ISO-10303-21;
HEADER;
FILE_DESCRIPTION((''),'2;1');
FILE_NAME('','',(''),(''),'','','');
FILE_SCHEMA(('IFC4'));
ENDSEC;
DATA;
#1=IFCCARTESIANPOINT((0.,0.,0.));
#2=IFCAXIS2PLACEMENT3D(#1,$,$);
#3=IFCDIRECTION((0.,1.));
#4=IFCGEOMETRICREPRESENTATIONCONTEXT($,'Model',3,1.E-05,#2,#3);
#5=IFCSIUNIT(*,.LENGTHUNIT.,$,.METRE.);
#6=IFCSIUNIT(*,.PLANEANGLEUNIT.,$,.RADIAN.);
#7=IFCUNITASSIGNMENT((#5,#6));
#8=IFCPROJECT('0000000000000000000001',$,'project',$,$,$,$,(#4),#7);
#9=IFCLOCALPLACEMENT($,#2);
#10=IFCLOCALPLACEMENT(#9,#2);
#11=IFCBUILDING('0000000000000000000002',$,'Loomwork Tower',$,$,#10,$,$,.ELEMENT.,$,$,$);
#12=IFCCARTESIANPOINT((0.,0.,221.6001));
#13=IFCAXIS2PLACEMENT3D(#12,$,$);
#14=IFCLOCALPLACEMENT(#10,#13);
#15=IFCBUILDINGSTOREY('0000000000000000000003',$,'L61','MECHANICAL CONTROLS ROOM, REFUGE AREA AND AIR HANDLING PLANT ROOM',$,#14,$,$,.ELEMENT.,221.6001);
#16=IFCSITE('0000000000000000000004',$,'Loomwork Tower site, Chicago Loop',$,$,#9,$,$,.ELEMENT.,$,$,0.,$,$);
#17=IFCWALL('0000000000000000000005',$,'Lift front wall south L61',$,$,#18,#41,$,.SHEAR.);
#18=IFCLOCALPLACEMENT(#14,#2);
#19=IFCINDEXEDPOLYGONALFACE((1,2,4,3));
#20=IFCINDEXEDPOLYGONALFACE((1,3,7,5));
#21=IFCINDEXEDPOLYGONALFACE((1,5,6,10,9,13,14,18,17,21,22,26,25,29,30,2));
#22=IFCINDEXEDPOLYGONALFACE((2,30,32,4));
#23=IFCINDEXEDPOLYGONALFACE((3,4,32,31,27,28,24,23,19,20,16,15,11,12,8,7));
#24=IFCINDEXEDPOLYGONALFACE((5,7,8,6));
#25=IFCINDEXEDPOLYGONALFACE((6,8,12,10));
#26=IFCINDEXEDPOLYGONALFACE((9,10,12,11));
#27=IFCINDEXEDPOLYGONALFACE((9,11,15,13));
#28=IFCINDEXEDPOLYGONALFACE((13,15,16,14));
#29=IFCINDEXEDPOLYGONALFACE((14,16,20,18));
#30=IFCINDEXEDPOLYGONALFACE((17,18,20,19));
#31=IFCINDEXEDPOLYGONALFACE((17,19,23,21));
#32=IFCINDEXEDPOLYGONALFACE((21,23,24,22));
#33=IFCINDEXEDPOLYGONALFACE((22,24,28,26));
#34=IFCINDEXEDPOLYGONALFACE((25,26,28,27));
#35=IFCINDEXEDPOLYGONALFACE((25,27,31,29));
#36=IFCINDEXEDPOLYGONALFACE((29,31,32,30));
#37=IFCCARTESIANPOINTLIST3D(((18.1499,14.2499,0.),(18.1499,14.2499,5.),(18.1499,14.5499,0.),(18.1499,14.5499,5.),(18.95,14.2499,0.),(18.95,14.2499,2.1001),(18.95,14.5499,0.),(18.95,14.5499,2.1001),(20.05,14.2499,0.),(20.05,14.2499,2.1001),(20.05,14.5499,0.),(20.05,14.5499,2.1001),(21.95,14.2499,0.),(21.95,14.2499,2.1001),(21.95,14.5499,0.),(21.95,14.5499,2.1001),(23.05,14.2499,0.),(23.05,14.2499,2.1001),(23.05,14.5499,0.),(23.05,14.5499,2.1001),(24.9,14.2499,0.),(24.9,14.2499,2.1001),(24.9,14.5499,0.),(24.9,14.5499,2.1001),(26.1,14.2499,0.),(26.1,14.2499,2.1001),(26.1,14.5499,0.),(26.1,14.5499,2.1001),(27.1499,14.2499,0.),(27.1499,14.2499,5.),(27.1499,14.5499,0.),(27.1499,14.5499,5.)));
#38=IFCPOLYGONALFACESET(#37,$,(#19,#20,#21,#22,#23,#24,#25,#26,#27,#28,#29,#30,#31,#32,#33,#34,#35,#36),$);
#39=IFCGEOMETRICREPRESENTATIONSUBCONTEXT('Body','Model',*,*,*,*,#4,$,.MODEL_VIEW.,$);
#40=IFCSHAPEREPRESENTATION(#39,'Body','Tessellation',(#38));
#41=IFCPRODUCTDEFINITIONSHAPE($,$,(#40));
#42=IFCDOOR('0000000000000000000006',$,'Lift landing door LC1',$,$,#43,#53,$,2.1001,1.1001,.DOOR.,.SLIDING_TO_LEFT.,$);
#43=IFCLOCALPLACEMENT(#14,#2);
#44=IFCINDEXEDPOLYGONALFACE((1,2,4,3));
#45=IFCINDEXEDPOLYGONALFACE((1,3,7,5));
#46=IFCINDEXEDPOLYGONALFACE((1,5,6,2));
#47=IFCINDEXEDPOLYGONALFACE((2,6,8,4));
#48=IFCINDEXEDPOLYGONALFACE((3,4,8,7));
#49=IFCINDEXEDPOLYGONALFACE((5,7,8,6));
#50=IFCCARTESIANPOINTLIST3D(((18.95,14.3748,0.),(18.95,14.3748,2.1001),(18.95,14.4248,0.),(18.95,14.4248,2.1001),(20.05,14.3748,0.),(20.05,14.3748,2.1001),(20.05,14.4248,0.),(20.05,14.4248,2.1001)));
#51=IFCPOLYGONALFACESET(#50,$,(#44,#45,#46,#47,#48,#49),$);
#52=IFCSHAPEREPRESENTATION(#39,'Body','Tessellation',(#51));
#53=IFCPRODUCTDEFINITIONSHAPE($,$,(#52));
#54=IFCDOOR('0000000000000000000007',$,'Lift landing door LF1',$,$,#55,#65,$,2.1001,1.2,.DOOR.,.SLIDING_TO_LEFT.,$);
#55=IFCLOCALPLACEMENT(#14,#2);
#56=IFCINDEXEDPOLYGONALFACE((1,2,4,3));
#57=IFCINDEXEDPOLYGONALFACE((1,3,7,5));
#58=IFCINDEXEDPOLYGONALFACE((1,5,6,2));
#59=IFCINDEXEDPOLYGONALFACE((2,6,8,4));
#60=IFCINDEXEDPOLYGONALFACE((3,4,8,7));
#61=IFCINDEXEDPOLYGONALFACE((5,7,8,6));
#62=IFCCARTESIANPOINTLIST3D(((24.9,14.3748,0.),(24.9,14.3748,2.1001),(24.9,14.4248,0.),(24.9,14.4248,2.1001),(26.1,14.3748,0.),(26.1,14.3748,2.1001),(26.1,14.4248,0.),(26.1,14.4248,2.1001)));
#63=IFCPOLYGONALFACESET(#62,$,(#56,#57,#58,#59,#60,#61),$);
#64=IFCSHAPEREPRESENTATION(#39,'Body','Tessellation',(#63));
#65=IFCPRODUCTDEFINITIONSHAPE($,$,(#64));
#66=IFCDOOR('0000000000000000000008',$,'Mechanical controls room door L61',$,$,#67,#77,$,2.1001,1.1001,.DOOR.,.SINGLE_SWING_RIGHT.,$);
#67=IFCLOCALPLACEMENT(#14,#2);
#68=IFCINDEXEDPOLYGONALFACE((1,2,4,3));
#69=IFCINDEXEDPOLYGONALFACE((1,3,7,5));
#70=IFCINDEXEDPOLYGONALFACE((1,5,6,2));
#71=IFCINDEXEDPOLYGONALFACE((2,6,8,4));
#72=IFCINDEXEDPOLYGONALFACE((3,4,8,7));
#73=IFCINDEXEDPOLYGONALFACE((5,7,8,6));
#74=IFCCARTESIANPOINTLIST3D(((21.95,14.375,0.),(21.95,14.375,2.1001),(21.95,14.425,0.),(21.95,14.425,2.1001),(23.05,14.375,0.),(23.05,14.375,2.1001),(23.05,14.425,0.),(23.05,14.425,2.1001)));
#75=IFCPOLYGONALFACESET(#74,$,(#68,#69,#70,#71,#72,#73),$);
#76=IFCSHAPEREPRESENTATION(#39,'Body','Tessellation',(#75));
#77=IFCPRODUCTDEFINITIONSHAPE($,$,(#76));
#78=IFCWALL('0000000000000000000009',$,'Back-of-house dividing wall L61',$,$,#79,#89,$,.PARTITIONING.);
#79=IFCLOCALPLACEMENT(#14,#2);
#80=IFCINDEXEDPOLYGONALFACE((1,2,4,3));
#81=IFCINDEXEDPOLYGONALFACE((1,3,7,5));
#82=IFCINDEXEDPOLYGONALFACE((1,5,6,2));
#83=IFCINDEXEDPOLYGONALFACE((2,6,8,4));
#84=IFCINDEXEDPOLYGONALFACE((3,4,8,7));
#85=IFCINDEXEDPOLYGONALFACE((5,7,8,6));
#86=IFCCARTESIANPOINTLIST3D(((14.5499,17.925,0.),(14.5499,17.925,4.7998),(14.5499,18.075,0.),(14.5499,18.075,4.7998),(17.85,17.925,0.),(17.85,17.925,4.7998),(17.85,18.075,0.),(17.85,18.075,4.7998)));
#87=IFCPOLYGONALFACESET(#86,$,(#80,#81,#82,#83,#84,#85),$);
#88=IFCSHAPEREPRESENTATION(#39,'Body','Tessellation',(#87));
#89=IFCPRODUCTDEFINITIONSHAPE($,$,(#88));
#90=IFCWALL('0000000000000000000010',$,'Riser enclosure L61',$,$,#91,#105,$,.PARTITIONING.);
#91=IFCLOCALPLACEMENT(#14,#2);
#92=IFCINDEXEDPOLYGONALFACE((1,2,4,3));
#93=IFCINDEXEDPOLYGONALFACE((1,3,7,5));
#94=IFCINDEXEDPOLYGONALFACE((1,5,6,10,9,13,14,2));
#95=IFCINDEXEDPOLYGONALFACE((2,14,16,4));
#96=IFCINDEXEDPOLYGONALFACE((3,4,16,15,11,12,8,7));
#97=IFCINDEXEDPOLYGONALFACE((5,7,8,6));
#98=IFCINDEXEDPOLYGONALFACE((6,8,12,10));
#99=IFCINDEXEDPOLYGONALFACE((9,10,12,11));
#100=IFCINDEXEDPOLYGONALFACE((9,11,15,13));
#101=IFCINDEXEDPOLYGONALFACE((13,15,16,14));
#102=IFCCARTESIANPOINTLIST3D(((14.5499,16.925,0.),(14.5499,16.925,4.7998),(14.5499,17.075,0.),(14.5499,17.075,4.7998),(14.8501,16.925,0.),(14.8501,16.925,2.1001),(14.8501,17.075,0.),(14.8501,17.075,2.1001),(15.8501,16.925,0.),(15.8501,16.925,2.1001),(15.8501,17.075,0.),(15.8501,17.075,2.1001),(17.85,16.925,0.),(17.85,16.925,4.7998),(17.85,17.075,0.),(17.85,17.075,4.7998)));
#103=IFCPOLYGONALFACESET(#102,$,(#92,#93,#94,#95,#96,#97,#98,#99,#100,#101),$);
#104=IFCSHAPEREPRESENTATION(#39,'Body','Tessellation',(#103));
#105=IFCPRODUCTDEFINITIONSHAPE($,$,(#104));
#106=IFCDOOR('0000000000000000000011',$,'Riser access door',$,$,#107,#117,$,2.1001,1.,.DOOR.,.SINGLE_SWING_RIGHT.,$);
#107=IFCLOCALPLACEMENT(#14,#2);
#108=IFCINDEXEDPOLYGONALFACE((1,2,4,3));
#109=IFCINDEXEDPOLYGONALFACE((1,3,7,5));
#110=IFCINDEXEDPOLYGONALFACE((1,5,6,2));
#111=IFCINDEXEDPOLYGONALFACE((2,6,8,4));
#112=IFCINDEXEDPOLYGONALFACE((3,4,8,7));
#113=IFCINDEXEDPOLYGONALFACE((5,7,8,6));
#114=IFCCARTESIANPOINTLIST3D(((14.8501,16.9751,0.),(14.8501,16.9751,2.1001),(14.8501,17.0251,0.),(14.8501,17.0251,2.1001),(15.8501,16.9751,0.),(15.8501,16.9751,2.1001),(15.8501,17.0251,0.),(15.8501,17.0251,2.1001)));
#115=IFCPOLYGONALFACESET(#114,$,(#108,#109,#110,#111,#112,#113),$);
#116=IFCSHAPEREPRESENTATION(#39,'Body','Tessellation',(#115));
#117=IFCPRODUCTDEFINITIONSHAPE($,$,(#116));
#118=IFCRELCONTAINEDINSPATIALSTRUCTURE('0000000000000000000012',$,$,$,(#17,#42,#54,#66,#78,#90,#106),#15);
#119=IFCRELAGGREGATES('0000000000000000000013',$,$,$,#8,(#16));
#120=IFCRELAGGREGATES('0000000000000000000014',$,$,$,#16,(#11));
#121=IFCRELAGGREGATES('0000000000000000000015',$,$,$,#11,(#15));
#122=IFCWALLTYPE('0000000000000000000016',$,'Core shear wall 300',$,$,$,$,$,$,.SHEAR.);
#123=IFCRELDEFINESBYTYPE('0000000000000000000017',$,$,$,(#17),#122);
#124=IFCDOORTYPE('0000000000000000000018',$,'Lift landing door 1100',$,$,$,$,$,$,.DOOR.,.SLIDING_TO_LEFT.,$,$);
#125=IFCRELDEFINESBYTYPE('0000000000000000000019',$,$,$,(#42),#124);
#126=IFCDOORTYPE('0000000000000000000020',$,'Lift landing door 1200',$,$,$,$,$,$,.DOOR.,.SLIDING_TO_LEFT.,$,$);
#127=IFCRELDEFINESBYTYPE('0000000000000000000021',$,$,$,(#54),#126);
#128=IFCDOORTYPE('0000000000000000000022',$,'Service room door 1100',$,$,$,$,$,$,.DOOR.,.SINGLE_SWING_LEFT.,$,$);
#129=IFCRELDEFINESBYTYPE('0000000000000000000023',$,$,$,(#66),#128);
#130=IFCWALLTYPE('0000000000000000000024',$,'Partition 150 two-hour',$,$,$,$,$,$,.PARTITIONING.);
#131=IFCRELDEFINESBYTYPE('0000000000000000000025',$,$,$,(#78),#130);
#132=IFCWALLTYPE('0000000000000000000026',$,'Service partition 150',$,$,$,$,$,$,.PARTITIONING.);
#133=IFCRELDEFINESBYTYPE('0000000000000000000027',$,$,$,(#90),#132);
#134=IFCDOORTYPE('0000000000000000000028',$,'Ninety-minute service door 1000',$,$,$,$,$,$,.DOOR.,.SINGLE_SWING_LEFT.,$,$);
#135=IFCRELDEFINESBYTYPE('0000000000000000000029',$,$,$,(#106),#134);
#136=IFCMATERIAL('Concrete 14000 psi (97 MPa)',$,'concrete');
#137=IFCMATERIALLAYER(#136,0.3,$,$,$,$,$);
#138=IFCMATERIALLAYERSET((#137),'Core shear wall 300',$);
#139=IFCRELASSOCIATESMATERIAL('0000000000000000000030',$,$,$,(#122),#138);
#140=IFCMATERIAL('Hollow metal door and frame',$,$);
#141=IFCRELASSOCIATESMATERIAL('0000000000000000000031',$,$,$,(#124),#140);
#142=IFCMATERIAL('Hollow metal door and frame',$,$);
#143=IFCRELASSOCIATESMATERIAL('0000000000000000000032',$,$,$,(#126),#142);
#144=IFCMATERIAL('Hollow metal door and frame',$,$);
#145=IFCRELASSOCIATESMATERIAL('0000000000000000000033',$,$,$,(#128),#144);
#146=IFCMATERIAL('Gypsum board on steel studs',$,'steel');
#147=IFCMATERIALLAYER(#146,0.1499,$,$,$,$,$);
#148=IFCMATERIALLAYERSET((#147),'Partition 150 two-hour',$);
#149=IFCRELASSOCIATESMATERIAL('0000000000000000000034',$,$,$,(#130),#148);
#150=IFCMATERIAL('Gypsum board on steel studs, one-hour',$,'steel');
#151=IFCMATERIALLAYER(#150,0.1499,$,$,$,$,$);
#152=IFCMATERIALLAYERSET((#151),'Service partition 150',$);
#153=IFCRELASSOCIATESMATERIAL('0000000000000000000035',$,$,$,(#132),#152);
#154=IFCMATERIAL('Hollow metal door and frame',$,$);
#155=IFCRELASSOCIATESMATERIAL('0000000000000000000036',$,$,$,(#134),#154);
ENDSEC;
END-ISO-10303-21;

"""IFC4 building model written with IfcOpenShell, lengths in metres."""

from ifc_helpers import new_model, si_unit, direction, frame, frame_2d, origin, place, context, subcontext, project, spatial, rectangle, extrude, material, layer, layer_set, type_object, element, fill, save


model = new_model("IFC4")

# Units and contexts
model_context = context("Model", 3, precision=1e-05, world=origin(), true_north=direction((0.0, 1.0)))
body_context = subcontext(model_context, "Body", "Model", "MODEL_VIEW")
ifc_project = project(units=[si_unit("LENGTHUNIT", "METRE"), si_unit("PLANEANGLEUNIT", "RADIAN")], contexts=[model_context])

# Site, building, storey
site_placement = place(None, origin())
site = spatial("IfcSite", under=ifc_project, at=site_placement, Name="Loomwork Tower site, Chicago Loop", CompositionType="ELEMENT", RefElevation=0.0)
building_placement = place(site_placement, origin())
building = spatial("IfcBuilding", under=site, at=building_placement, Name="Loomwork Tower", CompositionType="ELEMENT")
storey_placement = place(building_placement, frame((0.0, 0.0, 221.6001)))
storey = spatial("IfcBuildingStorey", under=building, at=storey_placement, Name="L61", Description="MECHANICAL CONTROLS ROOM, REFUGE AREA AND AIR HANDLING PLANT ROOM", CompositionType="ELEMENT", Elevation=221.6001)

# Shared definitions
ifc_material_1 = material(Name="Concrete 14000 psi (97 MPa)", Category="concrete")
ifc_layer_1 = layer(ifc_material_1, 0.3)
ifc_layer_set_1 = layer_set([ifc_layer_1], Name="Core shear wall 300")
wall_type_1 = type_object("IfcWallType", Name="Core shear wall 300", PredefinedType="SHEAR", material=ifc_layer_set_1)

# Wall, openings, doors
wall_1_placement = place(storey_placement, frame((18.1499, 14.3999, 0.0), z_axis=(0.0, 0.0, 1.0), x_axis=(1.0, 0.0, 0.0)))
wall_1 = element("IfcWall", 1, at=wall_1_placement, inside=storey, type_object=wall_type_1, Name="Lift front wall south L61", PredefinedType="SHEAR", context=body_context, shape_type="SweptSolid", body=[
    extrude(rectangle(XDim=9.0, YDim=0.3, at=frame_2d((4.5, 0.0))), origin(), (0.0, 0.0, 1.0), 5.0),
])
opening_1_placement = place(wall_1_placement, frame((0.8, 0.0, 0.0)))
opening_1 = element("IfcOpeningElement", 2, at=opening_1_placement, cuts=wall_1, PredefinedType="OPENING", context=body_context, shape_type="SweptSolid", body=[
    extrude(rectangle(XDim=1.1001, YDim=2.1001, at=frame_2d((0.55, 1.05))), frame((0.0, 0.1599, 0.0), z_axis=(0.0, -1.0, 0.0), x_axis=(1.0, 0.0, 0.0)), (0.0, 0.0, 1.0), 0.3201),
])
opening_2_placement = place(wall_1_placement, frame((6.75, 0.0, 0.0)))
opening_2 = element("IfcOpeningElement", 3, at=opening_2_placement, cuts=wall_1, PredefinedType="OPENING", context=body_context, shape_type="SweptSolid", body=[
    extrude(rectangle(XDim=1.2, YDim=2.1001, at=frame_2d((0.6001, 1.05))), frame((0.0, 0.1599, 0.0), z_axis=(0.0, -1.0, 0.0), x_axis=(1.0, 0.0, 0.0)), (0.0, 0.0, 1.0), 0.3201),
])
opening_3_placement = place(wall_1_placement, frame((3.8, 0.0, 0.0)))
opening_3 = element("IfcOpeningElement", 4, at=opening_3_placement, cuts=wall_1, PredefinedType="OPENING", context=body_context, shape_type="SweptSolid", body=[
    extrude(rectangle(XDim=1.1001, YDim=2.1001, at=frame_2d((0.55, 1.05))), frame((0.0, 0.1599, 0.0), z_axis=(0.0, -1.0, 0.0), x_axis=(1.0, 0.0, 0.0)), (0.0, 0.0, 1.0), 0.3201),
])
ifc_material_2 = material(Name="Hollow metal door and frame")
door_type_1 = type_object("IfcDoorType", Name="Lift landing door 1100", OperationType="SLIDING_TO_LEFT", PredefinedType="DOOR", material=ifc_material_2)
door_1_placement = place(opening_1_placement, origin())
door_1 = element("IfcDoor", 5, at=door_1_placement, inside=storey, type_object=door_type_1, Name="Lift landing door LC1", OperationType="SLIDING_TO_LEFT", OverallHeight=2.1001, OverallWidth=1.1001, PredefinedType="DOOR", context=body_context, shape_type="SweptSolid", body=[
    extrude(rectangle(XDim=1.1001, YDim=2.1001, at=frame_2d((0.55, 1.05))), frame((0.0, 0.0249, 0.0), z_axis=(0.0, -1.0, 0.0), x_axis=(1.0, 0.0, 0.0)), (0.0, 0.0, 1.0), 0.05),
])
fill(opening_1, door_1)
ifc_material_3 = material(Name="Hollow metal door and frame")
door_type_2 = type_object("IfcDoorType", Name="Lift landing door 1200", OperationType="SLIDING_TO_LEFT", PredefinedType="DOOR", material=ifc_material_3)
door_2_placement = place(opening_2_placement, origin())
door_2 = element("IfcDoor", 6, at=door_2_placement, inside=storey, type_object=door_type_2, Name="Lift landing door LF1", OperationType="SLIDING_TO_LEFT", OverallHeight=2.1001, OverallWidth=1.2, PredefinedType="DOOR", context=body_context, shape_type="SweptSolid", body=[
    extrude(rectangle(XDim=1.2, YDim=2.1001, at=frame_2d((0.6001, 1.05))), frame((0.0, 0.0249, 0.0), z_axis=(0.0, -1.0, 0.0), x_axis=(1.0, 0.0, 0.0)), (0.0, 0.0, 1.0), 0.05),
])
fill(opening_2, door_2)
ifc_material_4 = material(Name="Hollow metal door and frame")
door_type_3 = type_object("IfcDoorType", Name="Service room door 1100", OperationType="SINGLE_SWING_LEFT", PredefinedType="DOOR", material=ifc_material_4)
door_3_placement = place(opening_3_placement, frame((1.1001, 0.0, 0.0), z_axis=(0.0, 0.0, 1.0), x_axis=(-1.0, 0.0, 0.0)))
door_3 = element("IfcDoor", 7, at=door_3_placement, inside=storey, type_object=door_type_3, Name="Mechanical controls room door L61", OperationType="SINGLE_SWING_RIGHT", OverallHeight=2.1001, OverallWidth=1.1001, PredefinedType="DOOR", context=body_context, shape_type="SweptSolid", body=[
    extrude(rectangle(XDim=1.1001, YDim=2.1001, at=frame_2d((0.55, 1.05))), frame((0.0, 0.0249, 0.0), z_axis=(0.0, -1.0, 0.0), x_axis=(1.0, 0.0, 0.0)), (0.0, 0.0, 1.0), 0.05),
])
fill(opening_3, door_3)

# Wall
ifc_material_5 = material(Name="Gypsum board on steel studs", Category="steel")
ifc_layer_2 = layer(ifc_material_5, 0.1499)
ifc_layer_set_2 = layer_set([ifc_layer_2], Name="Partition 150 two-hour")
wall_type_2 = type_object("IfcWallType", Name="Partition 150 two-hour", PredefinedType="PARTITIONING", material=ifc_layer_set_2)
wall_2_placement = place(storey_placement, frame((14.55, 18.0, 0.0), z_axis=(0.0, 0.0, 1.0), x_axis=(1.0, 0.0, 0.0)))
element("IfcWall", 8, at=wall_2_placement, inside=storey, type_object=wall_type_2, Name="Back-of-house dividing wall L61", PredefinedType="PARTITIONING", context=body_context, shape_type="SweptSolid", body=[
    extrude(rectangle(XDim=3.3, YDim=0.1499, at=frame_2d((1.6499, 0.0))), origin(), (0.0, 0.0, 1.0), 4.7998),
])

# Wall, opening, door
ifc_material_6 = material(Name="Gypsum board on steel studs, one-hour", Category="steel")
ifc_layer_3 = layer(ifc_material_6, 0.1499)
ifc_layer_set_3 = layer_set([ifc_layer_3], Name="Service partition 150")
wall_type_3 = type_object("IfcWallType", Name="Service partition 150", PredefinedType="PARTITIONING", material=ifc_layer_set_3)
wall_3_placement = place(storey_placement, frame((14.55, 17.0, 0.0), z_axis=(0.0, 0.0, 1.0), x_axis=(1.0, 0.0, 0.0)))
wall_3 = element("IfcWall", 9, at=wall_3_placement, inside=storey, type_object=wall_type_3, Name="Riser enclosure L61", PredefinedType="PARTITIONING", context=body_context, shape_type="SweptSolid", body=[
    extrude(rectangle(XDim=3.3, YDim=0.1499, at=frame_2d((1.6499, 0.0))), origin(), (0.0, 0.0, 1.0), 4.7998),
])
opening_4_placement = place(wall_3_placement, frame((0.3, 0.0, 0.0)))
opening_4 = element("IfcOpeningElement", 10, at=opening_4_placement, cuts=wall_3, PredefinedType="OPENING", context=body_context, shape_type="SweptSolid", body=[
    extrude(rectangle(XDim=1.0, YDim=2.1001, at=frame_2d((0.5, 1.05))), frame((0.0, 0.085, 0.0), z_axis=(0.0, -1.0, 0.0), x_axis=(1.0, 0.0, 0.0)), (0.0, 0.0, 1.0), 0.1699),
])
ifc_material_7 = material(Name="Hollow metal door and frame")
door_type_4 = type_object("IfcDoorType", Name="Ninety-minute service door 1000", OperationType="SINGLE_SWING_LEFT", PredefinedType="DOOR", material=ifc_material_7)
door_4_placement = place(opening_4_placement, frame((1.0, 0.0, 0.0), z_axis=(0.0, 0.0, 1.0), x_axis=(-1.0, 0.0, 0.0)))
door_4 = element("IfcDoor", 11, at=door_4_placement, inside=storey, type_object=door_type_4, Name="Riser access door", OperationType="SINGLE_SWING_RIGHT", OverallHeight=2.1001, OverallWidth=1.0, PredefinedType="DOOR", context=body_context, shape_type="SweptSolid", body=[
    extrude(rectangle(XDim=1.0, YDim=2.1001, at=frame_2d((0.5, 1.05))), frame((0.0, 0.0249, 0.0), z_axis=(0.0, -1.0, 0.0), x_axis=(1.0, 0.0, 0.0)), (0.0, 0.0, 1.0), 0.05),
])
fill(opening_4, door_4)

save(model, "model.ifc")
